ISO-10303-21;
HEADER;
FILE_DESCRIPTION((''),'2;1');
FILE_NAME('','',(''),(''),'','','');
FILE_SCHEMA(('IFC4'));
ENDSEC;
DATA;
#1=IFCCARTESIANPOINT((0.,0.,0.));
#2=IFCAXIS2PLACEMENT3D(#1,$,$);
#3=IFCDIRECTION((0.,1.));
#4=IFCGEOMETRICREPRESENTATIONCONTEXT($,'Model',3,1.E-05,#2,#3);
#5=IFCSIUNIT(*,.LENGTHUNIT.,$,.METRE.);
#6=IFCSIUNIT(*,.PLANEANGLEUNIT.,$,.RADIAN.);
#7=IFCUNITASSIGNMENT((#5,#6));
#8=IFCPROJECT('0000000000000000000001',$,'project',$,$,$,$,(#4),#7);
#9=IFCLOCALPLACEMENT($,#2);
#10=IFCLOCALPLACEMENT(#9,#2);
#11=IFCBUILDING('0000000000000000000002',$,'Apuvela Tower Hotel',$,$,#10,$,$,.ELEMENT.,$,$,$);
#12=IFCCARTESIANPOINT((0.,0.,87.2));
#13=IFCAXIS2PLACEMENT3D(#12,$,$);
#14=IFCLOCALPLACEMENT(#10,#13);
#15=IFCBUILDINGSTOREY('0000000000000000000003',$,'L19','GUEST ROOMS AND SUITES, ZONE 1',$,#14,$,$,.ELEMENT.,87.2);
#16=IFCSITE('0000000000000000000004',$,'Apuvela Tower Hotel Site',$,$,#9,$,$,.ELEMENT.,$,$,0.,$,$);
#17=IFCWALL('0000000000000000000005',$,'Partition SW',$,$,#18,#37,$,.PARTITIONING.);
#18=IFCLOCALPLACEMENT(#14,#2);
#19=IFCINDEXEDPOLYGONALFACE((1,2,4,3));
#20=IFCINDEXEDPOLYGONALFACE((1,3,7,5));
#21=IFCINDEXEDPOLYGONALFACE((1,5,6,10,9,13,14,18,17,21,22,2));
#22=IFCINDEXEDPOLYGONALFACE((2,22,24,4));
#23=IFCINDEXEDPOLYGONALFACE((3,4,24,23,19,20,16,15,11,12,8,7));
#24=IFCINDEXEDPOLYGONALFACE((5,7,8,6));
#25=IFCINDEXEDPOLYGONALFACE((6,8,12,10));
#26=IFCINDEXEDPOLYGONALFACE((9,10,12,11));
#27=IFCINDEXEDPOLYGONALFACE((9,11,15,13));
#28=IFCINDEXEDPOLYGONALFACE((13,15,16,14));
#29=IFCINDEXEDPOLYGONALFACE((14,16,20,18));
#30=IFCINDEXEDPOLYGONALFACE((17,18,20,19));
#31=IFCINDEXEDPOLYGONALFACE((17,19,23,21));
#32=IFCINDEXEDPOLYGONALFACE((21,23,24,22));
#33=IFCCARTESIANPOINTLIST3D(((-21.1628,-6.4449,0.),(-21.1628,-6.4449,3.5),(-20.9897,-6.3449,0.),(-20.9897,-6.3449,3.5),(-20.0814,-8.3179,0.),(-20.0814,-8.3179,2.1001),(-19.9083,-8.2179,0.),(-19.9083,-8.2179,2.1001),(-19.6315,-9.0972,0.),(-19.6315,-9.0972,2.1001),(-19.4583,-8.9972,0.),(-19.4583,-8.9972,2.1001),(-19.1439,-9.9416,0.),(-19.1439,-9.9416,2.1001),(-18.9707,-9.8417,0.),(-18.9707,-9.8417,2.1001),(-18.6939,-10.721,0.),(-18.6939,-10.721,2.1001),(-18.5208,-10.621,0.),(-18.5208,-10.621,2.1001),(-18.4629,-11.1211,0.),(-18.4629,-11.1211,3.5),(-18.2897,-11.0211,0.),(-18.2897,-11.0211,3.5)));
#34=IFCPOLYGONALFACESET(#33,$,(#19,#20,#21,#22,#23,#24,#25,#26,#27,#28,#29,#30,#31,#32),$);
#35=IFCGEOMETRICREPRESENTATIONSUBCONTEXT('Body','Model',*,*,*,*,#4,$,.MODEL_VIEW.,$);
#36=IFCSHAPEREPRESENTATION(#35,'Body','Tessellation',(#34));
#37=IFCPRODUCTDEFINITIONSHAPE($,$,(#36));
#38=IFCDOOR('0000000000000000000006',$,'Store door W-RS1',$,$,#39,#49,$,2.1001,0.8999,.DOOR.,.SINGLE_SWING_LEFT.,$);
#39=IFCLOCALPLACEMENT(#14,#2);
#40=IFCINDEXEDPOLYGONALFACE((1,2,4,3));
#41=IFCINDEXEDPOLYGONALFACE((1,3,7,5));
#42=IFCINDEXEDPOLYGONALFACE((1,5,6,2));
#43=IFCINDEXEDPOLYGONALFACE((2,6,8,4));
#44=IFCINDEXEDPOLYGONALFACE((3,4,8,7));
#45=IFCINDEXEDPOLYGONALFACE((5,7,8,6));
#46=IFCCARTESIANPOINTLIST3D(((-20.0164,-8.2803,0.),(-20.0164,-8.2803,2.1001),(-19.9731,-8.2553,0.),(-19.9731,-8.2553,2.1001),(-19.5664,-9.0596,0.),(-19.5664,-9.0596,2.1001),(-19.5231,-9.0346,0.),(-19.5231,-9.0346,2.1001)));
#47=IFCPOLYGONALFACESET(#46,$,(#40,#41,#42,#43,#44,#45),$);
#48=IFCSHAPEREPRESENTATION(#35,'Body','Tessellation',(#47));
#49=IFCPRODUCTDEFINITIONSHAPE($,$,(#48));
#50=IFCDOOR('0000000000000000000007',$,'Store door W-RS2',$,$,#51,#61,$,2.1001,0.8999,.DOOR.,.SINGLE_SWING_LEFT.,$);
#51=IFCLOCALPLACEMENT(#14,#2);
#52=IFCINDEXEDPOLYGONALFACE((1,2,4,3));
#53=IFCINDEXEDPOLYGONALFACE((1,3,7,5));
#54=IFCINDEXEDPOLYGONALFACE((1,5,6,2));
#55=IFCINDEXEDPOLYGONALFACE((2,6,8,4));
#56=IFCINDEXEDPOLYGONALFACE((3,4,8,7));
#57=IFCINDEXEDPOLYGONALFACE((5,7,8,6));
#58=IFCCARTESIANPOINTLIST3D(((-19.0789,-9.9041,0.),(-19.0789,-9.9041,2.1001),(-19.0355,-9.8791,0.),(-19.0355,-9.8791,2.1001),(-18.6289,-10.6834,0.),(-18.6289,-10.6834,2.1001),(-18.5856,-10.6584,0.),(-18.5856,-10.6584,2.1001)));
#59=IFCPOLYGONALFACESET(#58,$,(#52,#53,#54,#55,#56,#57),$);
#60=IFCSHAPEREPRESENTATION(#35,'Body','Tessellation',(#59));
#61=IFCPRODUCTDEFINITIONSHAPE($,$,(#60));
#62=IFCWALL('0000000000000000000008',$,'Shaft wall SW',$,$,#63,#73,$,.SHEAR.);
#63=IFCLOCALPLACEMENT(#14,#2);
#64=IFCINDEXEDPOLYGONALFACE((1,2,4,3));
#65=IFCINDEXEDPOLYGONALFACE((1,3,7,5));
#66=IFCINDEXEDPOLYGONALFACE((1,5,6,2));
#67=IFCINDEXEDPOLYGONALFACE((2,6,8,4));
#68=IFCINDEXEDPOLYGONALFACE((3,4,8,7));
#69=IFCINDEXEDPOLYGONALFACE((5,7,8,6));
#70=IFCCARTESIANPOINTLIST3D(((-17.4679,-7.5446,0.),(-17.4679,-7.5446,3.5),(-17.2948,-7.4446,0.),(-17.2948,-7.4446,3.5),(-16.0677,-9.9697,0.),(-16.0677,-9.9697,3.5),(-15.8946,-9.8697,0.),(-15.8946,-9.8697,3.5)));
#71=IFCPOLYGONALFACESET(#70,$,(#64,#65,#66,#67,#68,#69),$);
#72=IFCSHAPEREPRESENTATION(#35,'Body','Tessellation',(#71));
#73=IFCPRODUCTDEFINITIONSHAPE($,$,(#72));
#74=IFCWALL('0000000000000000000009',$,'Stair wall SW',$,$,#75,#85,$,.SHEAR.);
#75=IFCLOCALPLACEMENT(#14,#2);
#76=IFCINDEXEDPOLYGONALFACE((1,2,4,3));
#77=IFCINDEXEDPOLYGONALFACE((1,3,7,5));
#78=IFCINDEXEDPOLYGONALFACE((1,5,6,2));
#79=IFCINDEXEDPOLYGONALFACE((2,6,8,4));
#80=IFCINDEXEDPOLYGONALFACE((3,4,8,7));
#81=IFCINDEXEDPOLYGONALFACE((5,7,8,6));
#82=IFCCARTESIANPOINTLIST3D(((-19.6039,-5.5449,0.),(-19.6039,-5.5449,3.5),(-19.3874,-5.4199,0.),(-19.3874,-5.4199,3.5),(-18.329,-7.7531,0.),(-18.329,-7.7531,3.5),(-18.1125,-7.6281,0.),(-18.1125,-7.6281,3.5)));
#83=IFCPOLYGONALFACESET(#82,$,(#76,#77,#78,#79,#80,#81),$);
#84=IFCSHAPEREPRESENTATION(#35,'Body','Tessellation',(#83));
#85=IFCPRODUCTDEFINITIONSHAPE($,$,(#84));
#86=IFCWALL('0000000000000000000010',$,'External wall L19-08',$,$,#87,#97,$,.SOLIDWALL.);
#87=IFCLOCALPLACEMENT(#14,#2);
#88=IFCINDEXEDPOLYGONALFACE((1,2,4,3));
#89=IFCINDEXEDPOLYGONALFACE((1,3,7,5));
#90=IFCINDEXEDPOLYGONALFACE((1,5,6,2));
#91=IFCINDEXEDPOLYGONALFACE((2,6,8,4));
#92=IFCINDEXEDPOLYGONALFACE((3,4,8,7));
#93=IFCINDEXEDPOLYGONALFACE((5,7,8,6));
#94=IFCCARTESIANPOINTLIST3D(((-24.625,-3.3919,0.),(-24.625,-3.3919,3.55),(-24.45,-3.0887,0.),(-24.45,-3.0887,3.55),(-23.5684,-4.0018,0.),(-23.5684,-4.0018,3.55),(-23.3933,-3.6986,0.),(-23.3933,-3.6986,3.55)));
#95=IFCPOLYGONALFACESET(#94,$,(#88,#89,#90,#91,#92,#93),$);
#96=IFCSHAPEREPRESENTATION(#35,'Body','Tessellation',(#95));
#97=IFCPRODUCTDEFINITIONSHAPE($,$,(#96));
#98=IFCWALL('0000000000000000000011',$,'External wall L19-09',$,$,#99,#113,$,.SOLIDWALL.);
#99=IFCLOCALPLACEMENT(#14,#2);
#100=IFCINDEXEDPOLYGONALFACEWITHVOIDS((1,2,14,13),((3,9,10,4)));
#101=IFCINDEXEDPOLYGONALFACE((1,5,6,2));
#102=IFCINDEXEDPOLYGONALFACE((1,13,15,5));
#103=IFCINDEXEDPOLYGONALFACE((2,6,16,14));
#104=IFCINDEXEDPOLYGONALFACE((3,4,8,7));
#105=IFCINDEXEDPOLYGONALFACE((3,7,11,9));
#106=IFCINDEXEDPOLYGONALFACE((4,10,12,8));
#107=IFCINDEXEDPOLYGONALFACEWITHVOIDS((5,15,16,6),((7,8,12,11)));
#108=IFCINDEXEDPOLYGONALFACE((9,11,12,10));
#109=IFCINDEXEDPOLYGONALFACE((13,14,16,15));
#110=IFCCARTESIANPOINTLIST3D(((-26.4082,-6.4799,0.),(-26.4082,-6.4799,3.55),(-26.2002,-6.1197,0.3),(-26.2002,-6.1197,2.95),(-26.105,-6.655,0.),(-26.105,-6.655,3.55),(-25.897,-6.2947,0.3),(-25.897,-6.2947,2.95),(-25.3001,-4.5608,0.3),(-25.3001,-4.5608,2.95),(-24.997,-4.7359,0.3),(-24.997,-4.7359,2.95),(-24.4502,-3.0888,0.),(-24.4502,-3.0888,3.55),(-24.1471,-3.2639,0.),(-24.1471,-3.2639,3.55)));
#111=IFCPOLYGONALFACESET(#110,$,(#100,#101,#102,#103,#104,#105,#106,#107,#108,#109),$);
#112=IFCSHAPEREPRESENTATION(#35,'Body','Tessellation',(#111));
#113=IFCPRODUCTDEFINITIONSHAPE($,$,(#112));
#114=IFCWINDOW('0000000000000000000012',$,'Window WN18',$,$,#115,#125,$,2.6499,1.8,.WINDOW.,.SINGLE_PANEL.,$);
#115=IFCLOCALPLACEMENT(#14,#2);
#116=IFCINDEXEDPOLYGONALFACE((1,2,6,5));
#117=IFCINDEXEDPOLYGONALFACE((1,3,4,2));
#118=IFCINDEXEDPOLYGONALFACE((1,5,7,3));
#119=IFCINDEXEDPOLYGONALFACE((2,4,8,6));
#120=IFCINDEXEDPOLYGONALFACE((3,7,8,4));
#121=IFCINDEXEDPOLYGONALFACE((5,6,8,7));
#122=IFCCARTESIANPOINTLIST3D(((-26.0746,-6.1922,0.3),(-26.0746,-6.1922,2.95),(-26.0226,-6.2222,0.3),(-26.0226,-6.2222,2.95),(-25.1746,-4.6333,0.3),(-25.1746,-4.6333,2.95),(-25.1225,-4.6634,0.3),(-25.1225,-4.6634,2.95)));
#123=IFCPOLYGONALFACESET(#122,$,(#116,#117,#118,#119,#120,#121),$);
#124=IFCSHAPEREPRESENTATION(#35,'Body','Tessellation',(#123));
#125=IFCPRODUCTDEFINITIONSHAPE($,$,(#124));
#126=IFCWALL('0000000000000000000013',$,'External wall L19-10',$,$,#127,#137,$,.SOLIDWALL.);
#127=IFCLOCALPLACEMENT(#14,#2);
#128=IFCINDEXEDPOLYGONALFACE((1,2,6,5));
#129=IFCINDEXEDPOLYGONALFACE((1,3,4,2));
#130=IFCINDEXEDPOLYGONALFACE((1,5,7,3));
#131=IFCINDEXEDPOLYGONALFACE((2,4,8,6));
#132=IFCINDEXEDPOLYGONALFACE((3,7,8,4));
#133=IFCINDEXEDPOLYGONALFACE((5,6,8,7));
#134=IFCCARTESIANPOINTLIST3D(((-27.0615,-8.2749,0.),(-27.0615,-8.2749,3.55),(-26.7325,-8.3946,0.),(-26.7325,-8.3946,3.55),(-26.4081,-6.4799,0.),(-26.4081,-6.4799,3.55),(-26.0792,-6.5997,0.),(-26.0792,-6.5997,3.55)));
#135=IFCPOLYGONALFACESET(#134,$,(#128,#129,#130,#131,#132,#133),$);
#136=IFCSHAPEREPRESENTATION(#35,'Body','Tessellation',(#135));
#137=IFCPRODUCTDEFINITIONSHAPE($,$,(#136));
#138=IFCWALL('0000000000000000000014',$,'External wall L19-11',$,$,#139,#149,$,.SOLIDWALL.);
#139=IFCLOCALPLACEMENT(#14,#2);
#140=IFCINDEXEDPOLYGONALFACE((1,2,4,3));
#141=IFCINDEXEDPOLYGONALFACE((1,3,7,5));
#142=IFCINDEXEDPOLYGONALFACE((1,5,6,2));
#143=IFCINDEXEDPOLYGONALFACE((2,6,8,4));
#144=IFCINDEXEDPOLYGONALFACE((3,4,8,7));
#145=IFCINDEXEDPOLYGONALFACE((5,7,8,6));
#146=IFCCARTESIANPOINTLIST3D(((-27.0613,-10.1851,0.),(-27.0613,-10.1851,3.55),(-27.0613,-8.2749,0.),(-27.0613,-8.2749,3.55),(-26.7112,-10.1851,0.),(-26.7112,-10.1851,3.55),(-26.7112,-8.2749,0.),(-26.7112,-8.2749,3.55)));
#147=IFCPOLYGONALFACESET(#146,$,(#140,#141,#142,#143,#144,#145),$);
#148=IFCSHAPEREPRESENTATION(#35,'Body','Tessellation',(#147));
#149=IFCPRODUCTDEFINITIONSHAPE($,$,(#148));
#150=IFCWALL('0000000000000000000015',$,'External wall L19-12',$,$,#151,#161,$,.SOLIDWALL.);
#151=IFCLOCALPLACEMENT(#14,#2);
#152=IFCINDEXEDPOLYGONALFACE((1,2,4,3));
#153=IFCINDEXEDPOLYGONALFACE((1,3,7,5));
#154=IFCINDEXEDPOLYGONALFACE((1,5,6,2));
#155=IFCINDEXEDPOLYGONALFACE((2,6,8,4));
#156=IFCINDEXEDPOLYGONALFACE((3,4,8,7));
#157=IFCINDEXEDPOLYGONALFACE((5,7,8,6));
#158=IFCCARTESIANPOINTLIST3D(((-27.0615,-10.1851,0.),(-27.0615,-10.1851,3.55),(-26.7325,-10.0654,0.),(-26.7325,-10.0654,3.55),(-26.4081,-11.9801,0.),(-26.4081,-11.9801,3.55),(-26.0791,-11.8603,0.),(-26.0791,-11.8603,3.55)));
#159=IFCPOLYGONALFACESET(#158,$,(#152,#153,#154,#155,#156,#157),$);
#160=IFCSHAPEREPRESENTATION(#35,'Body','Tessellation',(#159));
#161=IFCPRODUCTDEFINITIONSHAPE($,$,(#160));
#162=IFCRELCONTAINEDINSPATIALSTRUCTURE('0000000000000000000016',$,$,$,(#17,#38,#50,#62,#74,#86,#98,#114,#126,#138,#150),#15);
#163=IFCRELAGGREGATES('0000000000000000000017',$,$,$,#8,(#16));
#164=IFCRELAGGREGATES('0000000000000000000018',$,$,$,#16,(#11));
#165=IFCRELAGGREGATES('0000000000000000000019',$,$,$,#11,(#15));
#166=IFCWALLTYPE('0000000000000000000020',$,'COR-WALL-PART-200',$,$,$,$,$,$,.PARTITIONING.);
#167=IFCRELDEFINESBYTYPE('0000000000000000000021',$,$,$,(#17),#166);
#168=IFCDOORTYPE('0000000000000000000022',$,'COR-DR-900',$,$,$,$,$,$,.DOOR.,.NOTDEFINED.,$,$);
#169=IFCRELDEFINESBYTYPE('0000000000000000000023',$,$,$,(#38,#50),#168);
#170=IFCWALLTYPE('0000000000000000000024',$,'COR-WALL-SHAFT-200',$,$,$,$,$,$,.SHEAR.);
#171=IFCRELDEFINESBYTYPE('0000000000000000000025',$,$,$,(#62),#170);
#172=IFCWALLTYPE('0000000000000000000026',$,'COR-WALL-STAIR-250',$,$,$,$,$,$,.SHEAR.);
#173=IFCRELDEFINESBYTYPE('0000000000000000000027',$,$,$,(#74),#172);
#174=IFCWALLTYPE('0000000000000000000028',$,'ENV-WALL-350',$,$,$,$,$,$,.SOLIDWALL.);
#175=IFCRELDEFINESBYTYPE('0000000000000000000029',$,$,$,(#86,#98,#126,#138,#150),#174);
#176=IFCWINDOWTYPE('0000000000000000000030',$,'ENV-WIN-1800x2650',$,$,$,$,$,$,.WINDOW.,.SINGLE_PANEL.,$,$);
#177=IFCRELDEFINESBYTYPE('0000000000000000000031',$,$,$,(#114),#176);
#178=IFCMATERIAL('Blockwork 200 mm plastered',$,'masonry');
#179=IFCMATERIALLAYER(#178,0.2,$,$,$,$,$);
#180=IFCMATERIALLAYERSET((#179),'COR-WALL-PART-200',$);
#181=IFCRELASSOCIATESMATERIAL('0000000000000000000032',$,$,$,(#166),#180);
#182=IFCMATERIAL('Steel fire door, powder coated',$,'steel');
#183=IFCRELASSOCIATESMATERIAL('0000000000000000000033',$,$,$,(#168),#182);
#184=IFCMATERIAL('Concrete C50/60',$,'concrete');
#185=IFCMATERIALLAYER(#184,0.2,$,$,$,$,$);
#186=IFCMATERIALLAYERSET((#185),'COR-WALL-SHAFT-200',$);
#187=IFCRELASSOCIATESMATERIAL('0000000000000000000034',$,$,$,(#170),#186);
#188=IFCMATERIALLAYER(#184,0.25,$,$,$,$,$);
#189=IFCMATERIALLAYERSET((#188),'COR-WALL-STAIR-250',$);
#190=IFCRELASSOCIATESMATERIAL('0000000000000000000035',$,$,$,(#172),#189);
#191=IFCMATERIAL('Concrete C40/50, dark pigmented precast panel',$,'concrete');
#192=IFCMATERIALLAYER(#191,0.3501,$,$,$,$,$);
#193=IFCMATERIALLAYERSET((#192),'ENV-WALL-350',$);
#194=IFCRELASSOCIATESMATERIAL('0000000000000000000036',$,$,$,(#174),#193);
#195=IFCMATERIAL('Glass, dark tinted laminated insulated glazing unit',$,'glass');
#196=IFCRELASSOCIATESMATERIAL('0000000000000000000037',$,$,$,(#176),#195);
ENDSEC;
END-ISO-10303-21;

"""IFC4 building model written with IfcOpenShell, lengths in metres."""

from ifc_helpers import new_model, si_unit, direction, frame, frame_2d, origin, place, context, subcontext, project, spatial, rectangle, extrude, material, layer, layer_set, type_object, element, fill, save


model = new_model("IFC4")

# Units and contexts
model_context = context("Model", 3, precision=1e-05, world=origin(), true_north=direction((0.0, 1.0)))
body_context = subcontext(model_context, "Body", "Model", "MODEL_VIEW")
ifc_project = project(units=[si_unit("LENGTHUNIT", "METRE"), si_unit("PLANEANGLEUNIT", "RADIAN")], contexts=[model_context])

# Site, building, storey
site_placement = place(None, origin())
site = spatial("IfcSite", under=ifc_project, at=site_placement, Name="Apuvela Tower Hotel Site", CompositionType="ELEMENT", RefElevation=0.0)
building_placement = place(site_placement, origin())
building = spatial("IfcBuilding", under=site, at=building_placement, Name="Apuvela Tower Hotel", CompositionType="ELEMENT")
storey_placement = place(building_placement, frame((0.0, 0.0, 87.2)))
storey = spatial("IfcBuildingStorey", under=building, at=storey_placement, Name="L19", Description="GUEST ROOMS AND SUITES, ZONE 1", CompositionType="ELEMENT", Elevation=87.2)

# Wall, openings, doors
ifc_material_1 = material(Name="Blockwork 200 mm plastered", Category="masonry")
ifc_layer_1 = layer(ifc_material_1, 0.2)
ifc_layer_set_1 = layer_set([ifc_layer_1], Name="COR-WALL-PART-200")
wall_type_1 = type_object("IfcWallType", Name="COR-WALL-PART-200", PredefinedType="PARTITIONING", material=ifc_layer_set_1)
wall_1_placement = place(storey_placement, frame((-21.0762, -6.395, 0.0), z_axis=(0.0, 0.0, 1.0), x_axis=(0.500015, -0.866017, 0.0)))
wall_1 = element("IfcWall", 1, at=wall_1_placement, inside=storey, type_object=wall_type_1, Name="Partition SW", PredefinedType="PARTITIONING", context=body_context, shape_type="SweptSolid", body=[
    extrude(rectangle(XDim=5.3997, YDim=0.2, at=frame_2d((2.6997, 0.0))), origin(), (0.0, 0.0, 1.0), 3.5),
])
opening_1_placement = place(wall_1_placement, frame((2.1626, 0.0, 0.0)))
opening_1 = element("IfcOpeningElement", 2, at=opening_1_placement, cuts=wall_1, PredefinedType="OPENING", context=body_context, shape_type="SweptSolid", body=[
    extrude(rectangle(XDim=0.8999, YDim=2.1001, at=frame_2d((0.45, 1.05))), frame((0.0, 0.1099, 0.0), z_axis=(0.0, -1.0, 0.0), x_axis=(1.0, 0.0, 0.0)), (0.0, 0.0, 1.0), 0.22),
])
opening_2_placement = place(wall_1_placement, frame((4.0376, 0.0, 0.0)))
opening_2 = element("IfcOpeningElement", 3, at=opening_2_placement, cuts=wall_1, PredefinedType="OPENING", context=body_context, shape_type="SweptSolid", body=[
    extrude(rectangle(XDim=0.8999, YDim=2.1001, at=frame_2d((0.45, 1.05))), frame((0.0, 0.1099, 0.0), z_axis=(0.0, -1.0, 0.0), x_axis=(1.0, 0.0, 0.0)), (0.0, 0.0, 1.0), 0.22),
])
ifc_material_2 = material(Name="Steel fire door, powder coated", Category="steel")
door_type_1 = type_object("IfcDoorType", Name="COR-DR-900", OperationType="NOTDEFINED", PredefinedType="DOOR", material=ifc_material_2)
door_1_placement = place(opening_1_placement, frame((0.8999, 0.0, 0.0), z_axis=(0.0, 0.0, 1.0), x_axis=(-1.0, 0.0, 0.0)))
door_1 = element("IfcDoor", 4, at=door_1_placement, inside=storey, type_object=door_type_1, Name="Store door W-RS1", OperationType="SINGLE_SWING_LEFT", OverallHeight=2.1001, OverallWidth=0.8999, PredefinedType="DOOR", context=body_context, shape_type="SweptSolid", body=[
    extrude(rectangle(XDim=0.8999, YDim=2.1001, at=frame_2d((0.45, 1.05))), frame((0.0, 0.0249, 0.0), z_axis=(0.0, -1.0, 0.0), x_axis=(1.0, 0.0, 0.0)), (0.0, 0.0, 1.0), 0.05),
])
fill(opening_1, door_1)
door_2_placement = place(opening_2_placement, frame((0.8999, 0.0, 0.0), z_axis=(0.0, 0.0, 1.0), x_axis=(-1.0, 0.0, 0.0)))
door_2 = element("IfcDoor", 5, at=door_2_placement, inside=storey, type_object=door_type_1, Name="Store door W-RS2", OperationType="SINGLE_SWING_LEFT", OverallHeight=2.1001, OverallWidth=0.8999, PredefinedType="DOOR", context=body_context, shape_type="SweptSolid", body=[
    extrude(rectangle(XDim=0.8999, YDim=2.1001, at=frame_2d((0.45, 1.05))), frame((0.0, 0.0249, 0.0), z_axis=(0.0, -1.0, 0.0), x_axis=(1.0, 0.0, 0.0)), (0.0, 0.0, 1.0), 0.05),
])
fill(opening_2, door_2)

# Walls
ifc_material_3 = material(Name="Concrete C50/60", Category="concrete")
ifc_layer_2 = layer(ifc_material_3, 0.2)
ifc_layer_set_2 = layer_set([ifc_layer_2], Name="COR-WALL-SHAFT-200")
wall_type_2 = type_object("IfcWallType", Name="COR-WALL-SHAFT-200", PredefinedType="SHEAR", material=ifc_layer_set_2)
wall_2_placement = place(storey_placement, frame((-17.3813, -7.4946, 0.0), z_axis=(0.0, 0.0, 1.0), x_axis=(0.500012, -0.866019, 0.0)))
element("IfcWall", 6, at=wall_2_placement, inside=storey, type_object=wall_type_2, Name="Shaft wall SW", PredefinedType="SHEAR", context=body_context, shape_type="SweptSolid", body=[
    extrude(rectangle(XDim=2.8003, YDim=0.2, at=frame_2d((1.4001, 0.0))), origin(), (0.0, 0.0, 1.0), 3.5),
])
ifc_layer_3 = layer(ifc_material_3, 0.25)
ifc_layer_set_3 = layer_set([ifc_layer_3], Name="COR-WALL-STAIR-250")
wall_type_3 = type_object("IfcWallType", Name="COR-WALL-STAIR-250", PredefinedType="SHEAR", material=ifc_layer_set_3)
wall_3_placement = place(storey_placement, frame((-19.4956, -5.4824, 0.0), z_axis=(0.0, 0.0, 1.0), x_axis=(0.49999, -0.866031, 0.0)))
element("IfcWall", 7, at=wall_3_placement, inside=storey, type_object=wall_type_3, Name="Stair wall SW", PredefinedType="SHEAR", context=body_context, shape_type="SweptSolid", body=[
    extrude(rectangle(XDim=2.5498, YDim=0.25, at=frame_2d((1.2749, 0.0))), origin(), (0.0, 0.0, 1.0), 3.5),
])
ifc_material_4 = material(Name="Concrete C40/50, dark pigmented precast panel", Category="concrete")
ifc_layer_4 = layer(ifc_material_4, 0.3501)
ifc_layer_set_4 = layer_set([ifc_layer_4], Name="ENV-WALL-350")
wall_type_4 = type_object("IfcWallType", Name="ENV-WALL-350", PredefinedType="SOLIDWALL", material=ifc_layer_set_4)
wall_4_placement = place(storey_placement, frame((-23.481, -3.8501, 0.0), z_axis=(0.0, 0.0, 1.0), x_axis=(-0.866092, 0.499884, 0.0)))
element("IfcWall", 8, at=wall_4_placement, inside=storey, type_object=wall_type_4, Name="External wall L19-08", PredefinedType="SOLIDWALL", context=body_context, shape_type="SweptSolid", body=[
    extrude(rectangle(XDim=1.22, YDim=0.3501, at=frame_2d((0.6099, 0.0))), origin(), (0.0, 0.0, 1.0), 3.55),
])

# Wall, opening, window
wall_5_placement = place(storey_placement, frame((-24.2986, -3.1763, 0.0), z_axis=(0.0, 0.0, 1.0), x_axis=(-0.500028, -0.866009, 0.0)))
wall_5 = element("IfcWall", 9, at=wall_5_placement, inside=storey, type_object=wall_type_4, Name="External wall L19-09", PredefinedType="SOLIDWALL", context=body_context, shape_type="SweptSolid", body=[
    extrude(rectangle(XDim=3.9158, YDim=0.3501, at=frame_2d((1.958, 0.0))), origin(), (0.0, 0.0, 1.0), 3.55),
])
opening_3_placement = place(wall_5_placement, frame((1.7, 0.0, 0.3)))
opening_3 = element("IfcOpeningElement", 10, at=opening_3_placement, cuts=wall_5, PredefinedType="OPENING", context=body_context, shape_type="SweptSolid", body=[
    extrude(rectangle(XDim=1.8, YDim=2.6499, at=frame_2d((0.8999, 1.325))), frame((0.0, 0.1851, 0.0), z_axis=(0.0, -1.0, 0.0), x_axis=(1.0, 0.0, 0.0)), (0.0, 0.0, 1.0), 0.3701),
])
ifc_material_5 = material(Name="Glass, dark tinted laminated insulated glazing unit", Category="glass")
window_type = type_object("IfcWindowType", Name="ENV-WIN-1800x2650", PartitioningType="SINGLE_PANEL", PredefinedType="WINDOW", material=ifc_material_5)
window_placement = place(opening_3_placement, origin())
window = element("IfcWindow", 11, at=window_placement, inside=storey, type_object=window_type, Name="Window WN18", OverallHeight=2.6499, OverallWidth=1.8, PartitioningType="SINGLE_PANEL", PredefinedType="WINDOW", context=body_context, shape_type="SweptSolid", body=[
    extrude(rectangle(XDim=1.8, YDim=2.6499, at=frame_2d((0.8999, 1.325))), frame((0.0, 0.03, 0.0), z_axis=(0.0, -1.0, 0.0), x_axis=(1.0, 0.0, 0.0)), (0.0, 0.0, 1.0), 0.0601),
])
fill(opening_3, window)

# Walls
for number, where, z_axis, x_axis, name in (
    (12, (-26.2437, -6.5398, 0.0), (0.0, 0.0, 1.0), (-0.34203, -0.939689, 0.0), "External wall L19-10"),
    (13, (-26.8862, -8.2749, 0.0), (0.0, 0.0, 1.0), (0.0, -1.0, 0.0), "External wall L19-11"),
    (14, (-26.897, -10.1252, 0.0), (0.0, 0.0, 1.0), (0.34203, -0.939689, 0.0), "External wall L19-12"),
):
    element("IfcWall", number, at=place(storey_placement, frame(where, z_axis=z_axis, x_axis=x_axis)), inside=storey, type_object=wall_type_4, Name=name, PredefinedType="SOLIDWALL", context=body_context, shape_type="SweptSolid", body=[
        extrude(rectangle(XDim=1.9102, YDim=0.3501, at=frame_2d((0.9551, 0.0))), origin(), (0.0, 0.0, 1.0), 3.55),
    ])

save(model, "model.ifc")
